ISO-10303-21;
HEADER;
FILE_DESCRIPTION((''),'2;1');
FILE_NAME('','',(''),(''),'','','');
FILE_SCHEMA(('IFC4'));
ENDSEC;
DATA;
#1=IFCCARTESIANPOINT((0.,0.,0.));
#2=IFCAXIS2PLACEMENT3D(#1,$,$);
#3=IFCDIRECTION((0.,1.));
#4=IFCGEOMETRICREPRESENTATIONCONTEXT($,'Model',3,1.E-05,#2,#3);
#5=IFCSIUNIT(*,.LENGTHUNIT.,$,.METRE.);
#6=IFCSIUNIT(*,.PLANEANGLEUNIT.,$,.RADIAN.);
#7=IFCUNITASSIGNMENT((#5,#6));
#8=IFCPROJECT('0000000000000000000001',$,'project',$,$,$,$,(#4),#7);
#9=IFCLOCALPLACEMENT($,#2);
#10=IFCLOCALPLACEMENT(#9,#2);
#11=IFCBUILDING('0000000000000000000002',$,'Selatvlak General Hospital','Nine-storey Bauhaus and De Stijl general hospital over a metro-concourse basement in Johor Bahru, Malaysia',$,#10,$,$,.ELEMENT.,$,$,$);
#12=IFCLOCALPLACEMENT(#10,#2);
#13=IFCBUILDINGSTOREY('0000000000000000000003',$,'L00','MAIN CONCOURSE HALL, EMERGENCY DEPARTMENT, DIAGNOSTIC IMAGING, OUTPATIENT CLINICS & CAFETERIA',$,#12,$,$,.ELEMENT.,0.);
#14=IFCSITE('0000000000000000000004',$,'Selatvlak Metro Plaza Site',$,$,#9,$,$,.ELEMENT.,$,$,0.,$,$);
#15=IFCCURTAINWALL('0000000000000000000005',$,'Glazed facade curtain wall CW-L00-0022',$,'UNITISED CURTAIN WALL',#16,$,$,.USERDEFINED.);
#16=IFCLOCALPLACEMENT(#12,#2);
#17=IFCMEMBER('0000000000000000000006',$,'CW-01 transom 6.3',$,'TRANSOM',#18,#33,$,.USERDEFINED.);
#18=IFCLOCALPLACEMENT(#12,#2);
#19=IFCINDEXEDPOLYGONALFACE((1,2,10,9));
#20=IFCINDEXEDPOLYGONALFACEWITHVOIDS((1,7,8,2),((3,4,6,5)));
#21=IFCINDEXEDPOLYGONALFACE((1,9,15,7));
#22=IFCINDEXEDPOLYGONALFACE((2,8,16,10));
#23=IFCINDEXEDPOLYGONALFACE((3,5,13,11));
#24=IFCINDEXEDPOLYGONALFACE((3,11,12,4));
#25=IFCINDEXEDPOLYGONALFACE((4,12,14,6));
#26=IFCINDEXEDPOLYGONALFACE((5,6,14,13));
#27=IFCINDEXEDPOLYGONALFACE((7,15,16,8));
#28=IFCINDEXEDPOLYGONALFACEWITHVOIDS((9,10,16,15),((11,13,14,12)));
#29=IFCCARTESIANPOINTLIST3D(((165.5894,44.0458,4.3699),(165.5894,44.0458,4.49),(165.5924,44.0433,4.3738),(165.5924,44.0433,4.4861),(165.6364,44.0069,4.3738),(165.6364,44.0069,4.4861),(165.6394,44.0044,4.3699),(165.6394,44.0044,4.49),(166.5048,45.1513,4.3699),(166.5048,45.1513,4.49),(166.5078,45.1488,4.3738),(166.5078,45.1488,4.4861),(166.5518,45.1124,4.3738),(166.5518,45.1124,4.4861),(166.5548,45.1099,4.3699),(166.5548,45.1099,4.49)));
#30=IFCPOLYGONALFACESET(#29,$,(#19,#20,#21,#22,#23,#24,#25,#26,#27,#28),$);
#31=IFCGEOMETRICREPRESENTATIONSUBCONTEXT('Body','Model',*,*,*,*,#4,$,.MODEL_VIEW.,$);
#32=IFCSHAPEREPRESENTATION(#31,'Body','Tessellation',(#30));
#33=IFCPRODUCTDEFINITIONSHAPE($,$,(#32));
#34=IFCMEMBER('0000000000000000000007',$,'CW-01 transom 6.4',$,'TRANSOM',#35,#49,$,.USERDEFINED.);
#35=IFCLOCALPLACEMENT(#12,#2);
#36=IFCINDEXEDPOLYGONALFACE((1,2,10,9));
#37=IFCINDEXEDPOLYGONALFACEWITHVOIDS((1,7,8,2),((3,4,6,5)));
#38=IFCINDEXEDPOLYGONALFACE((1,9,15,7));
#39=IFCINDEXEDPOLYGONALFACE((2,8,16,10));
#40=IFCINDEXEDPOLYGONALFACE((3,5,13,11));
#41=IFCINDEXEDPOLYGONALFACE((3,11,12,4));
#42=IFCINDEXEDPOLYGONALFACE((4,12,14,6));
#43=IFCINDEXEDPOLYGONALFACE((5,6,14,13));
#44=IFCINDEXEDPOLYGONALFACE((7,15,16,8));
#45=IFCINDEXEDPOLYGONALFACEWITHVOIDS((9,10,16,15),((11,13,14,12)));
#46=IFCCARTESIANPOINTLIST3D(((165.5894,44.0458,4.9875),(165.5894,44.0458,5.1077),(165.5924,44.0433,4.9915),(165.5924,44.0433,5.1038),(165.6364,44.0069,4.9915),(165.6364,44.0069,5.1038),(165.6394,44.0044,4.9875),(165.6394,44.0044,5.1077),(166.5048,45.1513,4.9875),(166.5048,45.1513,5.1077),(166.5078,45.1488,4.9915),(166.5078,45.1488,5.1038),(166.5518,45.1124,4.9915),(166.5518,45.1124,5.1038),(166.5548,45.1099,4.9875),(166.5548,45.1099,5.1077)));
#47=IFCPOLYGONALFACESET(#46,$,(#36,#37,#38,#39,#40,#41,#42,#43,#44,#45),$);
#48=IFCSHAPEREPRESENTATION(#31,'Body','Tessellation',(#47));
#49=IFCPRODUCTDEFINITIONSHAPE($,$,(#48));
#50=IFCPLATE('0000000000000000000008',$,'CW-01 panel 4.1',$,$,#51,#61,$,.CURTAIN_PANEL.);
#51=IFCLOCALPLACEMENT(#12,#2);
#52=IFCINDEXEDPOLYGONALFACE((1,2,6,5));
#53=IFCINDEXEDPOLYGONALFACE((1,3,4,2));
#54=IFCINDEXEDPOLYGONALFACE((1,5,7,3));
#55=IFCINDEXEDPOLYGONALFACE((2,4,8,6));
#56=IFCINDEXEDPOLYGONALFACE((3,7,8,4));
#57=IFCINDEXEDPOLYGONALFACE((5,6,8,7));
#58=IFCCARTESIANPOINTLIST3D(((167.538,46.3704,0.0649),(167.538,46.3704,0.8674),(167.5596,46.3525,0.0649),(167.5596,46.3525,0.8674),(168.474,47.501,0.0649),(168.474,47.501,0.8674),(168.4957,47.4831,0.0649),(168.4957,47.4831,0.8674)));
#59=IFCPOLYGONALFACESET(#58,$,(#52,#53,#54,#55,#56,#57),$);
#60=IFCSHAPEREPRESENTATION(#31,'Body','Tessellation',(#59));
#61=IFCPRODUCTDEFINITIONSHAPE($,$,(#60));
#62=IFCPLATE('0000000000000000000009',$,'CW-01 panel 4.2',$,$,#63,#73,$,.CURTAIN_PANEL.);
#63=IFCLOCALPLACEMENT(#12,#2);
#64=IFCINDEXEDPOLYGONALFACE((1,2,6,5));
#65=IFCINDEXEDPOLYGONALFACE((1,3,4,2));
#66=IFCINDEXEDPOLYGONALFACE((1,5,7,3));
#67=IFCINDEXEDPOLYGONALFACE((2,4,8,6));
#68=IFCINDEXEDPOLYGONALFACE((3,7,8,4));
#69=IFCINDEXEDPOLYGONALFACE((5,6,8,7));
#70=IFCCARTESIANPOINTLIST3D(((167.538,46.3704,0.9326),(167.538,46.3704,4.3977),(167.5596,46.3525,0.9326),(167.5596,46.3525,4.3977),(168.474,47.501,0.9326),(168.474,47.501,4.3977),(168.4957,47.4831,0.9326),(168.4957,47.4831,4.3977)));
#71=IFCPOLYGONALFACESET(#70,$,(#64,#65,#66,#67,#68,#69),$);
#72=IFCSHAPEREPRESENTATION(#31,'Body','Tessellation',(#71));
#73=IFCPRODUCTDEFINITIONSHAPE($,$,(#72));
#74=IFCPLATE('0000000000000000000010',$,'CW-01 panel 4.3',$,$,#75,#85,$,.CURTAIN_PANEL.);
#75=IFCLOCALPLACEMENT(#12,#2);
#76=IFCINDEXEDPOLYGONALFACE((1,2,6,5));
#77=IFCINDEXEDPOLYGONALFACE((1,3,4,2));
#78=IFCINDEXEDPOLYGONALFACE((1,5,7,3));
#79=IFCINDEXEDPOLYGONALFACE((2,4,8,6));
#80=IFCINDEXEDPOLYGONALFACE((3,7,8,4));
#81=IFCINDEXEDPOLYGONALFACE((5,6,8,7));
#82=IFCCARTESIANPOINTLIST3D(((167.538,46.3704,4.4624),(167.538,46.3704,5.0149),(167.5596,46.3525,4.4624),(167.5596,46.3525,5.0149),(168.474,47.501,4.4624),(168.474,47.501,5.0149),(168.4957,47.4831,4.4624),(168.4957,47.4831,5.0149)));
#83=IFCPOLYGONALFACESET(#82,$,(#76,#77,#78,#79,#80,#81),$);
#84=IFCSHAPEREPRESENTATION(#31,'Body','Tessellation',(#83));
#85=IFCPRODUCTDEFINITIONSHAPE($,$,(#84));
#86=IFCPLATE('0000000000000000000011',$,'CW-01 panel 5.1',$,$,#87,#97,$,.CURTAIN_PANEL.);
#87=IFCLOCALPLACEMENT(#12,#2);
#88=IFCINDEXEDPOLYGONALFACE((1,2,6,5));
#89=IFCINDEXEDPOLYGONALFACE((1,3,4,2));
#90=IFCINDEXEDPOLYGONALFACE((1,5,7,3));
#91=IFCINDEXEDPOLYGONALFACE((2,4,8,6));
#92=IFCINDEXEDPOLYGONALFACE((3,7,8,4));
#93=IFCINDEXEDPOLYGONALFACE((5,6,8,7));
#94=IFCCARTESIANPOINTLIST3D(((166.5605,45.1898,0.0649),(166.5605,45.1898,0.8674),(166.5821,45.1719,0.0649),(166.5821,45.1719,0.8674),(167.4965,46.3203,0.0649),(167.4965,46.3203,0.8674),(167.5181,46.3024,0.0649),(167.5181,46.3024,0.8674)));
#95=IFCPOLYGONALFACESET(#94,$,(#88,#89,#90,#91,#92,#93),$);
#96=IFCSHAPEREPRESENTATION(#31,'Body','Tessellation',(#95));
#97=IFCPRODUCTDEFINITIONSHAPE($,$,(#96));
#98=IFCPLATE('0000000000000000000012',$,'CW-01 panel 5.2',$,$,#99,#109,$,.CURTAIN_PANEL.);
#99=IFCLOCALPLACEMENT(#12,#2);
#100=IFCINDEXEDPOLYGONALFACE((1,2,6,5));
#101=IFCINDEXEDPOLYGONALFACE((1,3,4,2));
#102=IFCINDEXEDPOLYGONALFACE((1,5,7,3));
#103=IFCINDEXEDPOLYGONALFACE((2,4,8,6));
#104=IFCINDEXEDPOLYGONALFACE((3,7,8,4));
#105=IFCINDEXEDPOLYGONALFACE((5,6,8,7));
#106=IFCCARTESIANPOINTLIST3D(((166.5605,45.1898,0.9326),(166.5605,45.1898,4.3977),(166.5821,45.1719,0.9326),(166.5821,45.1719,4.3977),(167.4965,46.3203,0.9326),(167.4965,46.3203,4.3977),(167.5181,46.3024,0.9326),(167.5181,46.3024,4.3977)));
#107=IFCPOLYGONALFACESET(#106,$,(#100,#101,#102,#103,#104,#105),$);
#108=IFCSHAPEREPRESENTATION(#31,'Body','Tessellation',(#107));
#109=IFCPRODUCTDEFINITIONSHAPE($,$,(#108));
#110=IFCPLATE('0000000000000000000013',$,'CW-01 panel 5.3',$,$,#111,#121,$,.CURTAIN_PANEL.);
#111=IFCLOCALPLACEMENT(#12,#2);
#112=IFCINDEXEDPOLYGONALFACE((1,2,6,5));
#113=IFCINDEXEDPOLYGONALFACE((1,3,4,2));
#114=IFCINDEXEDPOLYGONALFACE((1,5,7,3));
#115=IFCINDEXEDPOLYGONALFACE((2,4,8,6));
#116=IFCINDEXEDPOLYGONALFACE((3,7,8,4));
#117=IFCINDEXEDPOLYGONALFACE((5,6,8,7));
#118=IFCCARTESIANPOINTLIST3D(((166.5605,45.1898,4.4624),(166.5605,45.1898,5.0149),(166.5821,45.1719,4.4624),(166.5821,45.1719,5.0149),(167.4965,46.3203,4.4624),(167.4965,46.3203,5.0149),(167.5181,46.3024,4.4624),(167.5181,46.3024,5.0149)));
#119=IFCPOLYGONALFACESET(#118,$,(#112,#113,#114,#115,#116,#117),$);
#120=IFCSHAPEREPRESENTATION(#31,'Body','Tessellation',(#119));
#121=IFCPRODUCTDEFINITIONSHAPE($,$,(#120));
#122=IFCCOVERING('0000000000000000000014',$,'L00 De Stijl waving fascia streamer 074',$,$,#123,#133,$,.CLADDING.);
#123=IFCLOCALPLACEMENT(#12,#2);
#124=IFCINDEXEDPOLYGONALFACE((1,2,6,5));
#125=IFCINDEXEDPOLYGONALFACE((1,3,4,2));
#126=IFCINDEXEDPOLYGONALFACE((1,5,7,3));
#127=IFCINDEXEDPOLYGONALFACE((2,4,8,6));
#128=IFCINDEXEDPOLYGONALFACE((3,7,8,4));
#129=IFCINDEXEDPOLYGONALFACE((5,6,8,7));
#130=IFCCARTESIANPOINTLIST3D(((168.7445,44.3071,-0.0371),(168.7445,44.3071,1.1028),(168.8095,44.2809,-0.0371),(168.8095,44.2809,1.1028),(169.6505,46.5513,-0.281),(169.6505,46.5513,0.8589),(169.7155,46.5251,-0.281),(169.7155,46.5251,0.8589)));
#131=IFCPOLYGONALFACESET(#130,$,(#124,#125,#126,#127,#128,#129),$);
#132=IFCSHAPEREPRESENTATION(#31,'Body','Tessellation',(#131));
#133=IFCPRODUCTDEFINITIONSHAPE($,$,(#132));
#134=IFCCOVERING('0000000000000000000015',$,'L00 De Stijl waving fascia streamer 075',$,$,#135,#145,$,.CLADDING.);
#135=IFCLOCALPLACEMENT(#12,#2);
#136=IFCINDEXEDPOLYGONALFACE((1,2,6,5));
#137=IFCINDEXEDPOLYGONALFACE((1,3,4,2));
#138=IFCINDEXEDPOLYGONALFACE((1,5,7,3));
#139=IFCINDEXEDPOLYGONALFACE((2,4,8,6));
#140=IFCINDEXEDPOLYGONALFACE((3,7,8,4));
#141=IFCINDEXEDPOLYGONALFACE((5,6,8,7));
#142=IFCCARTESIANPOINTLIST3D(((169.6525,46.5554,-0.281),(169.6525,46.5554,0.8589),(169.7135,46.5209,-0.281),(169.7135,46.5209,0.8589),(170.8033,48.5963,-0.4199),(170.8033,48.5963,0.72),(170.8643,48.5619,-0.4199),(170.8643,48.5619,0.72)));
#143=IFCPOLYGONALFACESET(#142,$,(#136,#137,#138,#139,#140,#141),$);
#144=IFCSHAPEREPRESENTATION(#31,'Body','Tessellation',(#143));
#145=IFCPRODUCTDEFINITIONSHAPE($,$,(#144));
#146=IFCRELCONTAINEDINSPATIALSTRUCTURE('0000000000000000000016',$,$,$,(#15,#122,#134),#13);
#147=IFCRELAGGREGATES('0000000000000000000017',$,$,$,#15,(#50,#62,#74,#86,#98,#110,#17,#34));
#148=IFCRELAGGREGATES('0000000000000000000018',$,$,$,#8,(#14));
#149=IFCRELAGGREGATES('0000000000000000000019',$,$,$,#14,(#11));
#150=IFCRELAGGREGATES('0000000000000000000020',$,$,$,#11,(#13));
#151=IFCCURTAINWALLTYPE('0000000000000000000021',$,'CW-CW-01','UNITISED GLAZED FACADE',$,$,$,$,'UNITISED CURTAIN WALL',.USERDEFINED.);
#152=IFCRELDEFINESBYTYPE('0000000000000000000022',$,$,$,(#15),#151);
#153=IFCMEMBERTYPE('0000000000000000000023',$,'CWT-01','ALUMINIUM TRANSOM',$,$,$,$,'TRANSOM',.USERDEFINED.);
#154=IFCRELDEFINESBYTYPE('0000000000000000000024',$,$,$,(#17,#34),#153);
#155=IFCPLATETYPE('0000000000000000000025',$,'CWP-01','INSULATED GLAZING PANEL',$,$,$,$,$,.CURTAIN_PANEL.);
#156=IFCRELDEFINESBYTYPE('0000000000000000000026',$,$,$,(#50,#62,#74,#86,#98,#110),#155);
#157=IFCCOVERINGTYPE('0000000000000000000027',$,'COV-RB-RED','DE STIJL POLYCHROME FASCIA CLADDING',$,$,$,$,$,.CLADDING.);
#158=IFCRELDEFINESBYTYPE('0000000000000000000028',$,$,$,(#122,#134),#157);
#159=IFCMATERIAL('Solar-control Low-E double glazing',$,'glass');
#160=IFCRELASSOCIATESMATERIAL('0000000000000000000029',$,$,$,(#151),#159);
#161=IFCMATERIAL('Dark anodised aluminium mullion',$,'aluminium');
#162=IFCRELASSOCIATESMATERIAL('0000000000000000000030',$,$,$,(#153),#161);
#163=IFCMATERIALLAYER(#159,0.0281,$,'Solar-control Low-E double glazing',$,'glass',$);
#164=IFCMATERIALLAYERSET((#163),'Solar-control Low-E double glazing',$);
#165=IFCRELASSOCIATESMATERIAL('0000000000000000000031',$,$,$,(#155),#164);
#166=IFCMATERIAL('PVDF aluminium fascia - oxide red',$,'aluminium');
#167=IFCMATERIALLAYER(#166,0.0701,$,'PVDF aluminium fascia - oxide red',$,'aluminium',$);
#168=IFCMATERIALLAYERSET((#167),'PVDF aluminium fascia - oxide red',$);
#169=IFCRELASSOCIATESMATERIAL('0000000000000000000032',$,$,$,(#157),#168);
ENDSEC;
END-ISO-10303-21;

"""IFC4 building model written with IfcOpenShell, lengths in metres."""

from ifc_helpers import new_model, si_unit, direction, frame, origin, origin_2d, place, context, subcontext, project, spatial, polyline, rectangle, hollow_rectangle, outline, extrude, material, layer, layer_set, material_profile, profile_set, type_object, element, aggregate, save


model = new_model("IFC4")

# Units and contexts
model_context = context("Model", 3, precision=1e-05, world=origin(), true_north=direction((0.0, 1.0)))
body_context = subcontext(model_context, "Body", "Model", "MODEL_VIEW")
ifc_project = project(units=[si_unit("LENGTHUNIT", "METRE"), si_unit("PLANEANGLEUNIT", "RADIAN")], contexts=[model_context])

# Site, building, storey
site_placement = place(None, origin())
site = spatial("IfcSite", under=ifc_project, at=site_placement, Name="Selatvlak Metro Plaza Site", CompositionType="ELEMENT", RefElevation=0.0)
building_placement = place(site_placement, origin())
building = spatial("IfcBuilding", under=site, at=building_placement, Name="Selatvlak General Hospital", Description="Nine-storey Bauhaus and De Stijl general hospital over a metro-concourse basement in Johor Bahru, Malaysia", CompositionType="ELEMENT")
storey_placement = place(building_placement, origin())
storey = spatial("IfcBuildingStorey", under=building, at=storey_placement, Name="L00", Description="MAIN CONCOURSE HALL, EMERGENCY DEPARTMENT, DIAGNOSTIC IMAGING, OUTPATIENT CLINICS & CAFETERIA", CompositionType="ELEMENT", Elevation=0.0)

# Curtain wall, members, plates
ifc_material_1 = material(Name="Solar-control Low-E double glazing", Category="glass")
curtain_wall_type = type_object("IfcCurtainWallType", Name="CW-CW-01", Description="UNITISED GLAZED FACADE", ElementType="UNITISED CURTAIN WALL", PredefinedType="USERDEFINED", material=ifc_material_1)
curtain_wall_placement = place(storey_placement, origin())
curtain_wall = element("IfcCurtainWall", 1, at=curtain_wall_placement, inside=storey, type_object=curtain_wall_type, Name="Glazed facade curtain wall CW-L00-0022", ObjectType="UNITISED CURTAIN WALL", PredefinedType="USERDEFINED")
ifc_material_2 = material(Name="Dark anodised aluminium mullion", Category="aluminium")
ifc_material_profile_1 = material_profile(ifc_material_2, hollow_rectangle(XDim=0.0649, YDim=0.1201, WallThickness=0.0039, at=origin_2d()), Name="AL-TRN 65x120x4")
ifc_profile_set_1 = profile_set([ifc_material_profile_1], Name="Dark anodised aluminium mullion")
member_type_1 = type_object("IfcMemberType", Name="CWT-01", Description="ALUMINIUM TRANSOM", ElementType="TRANSOM", PredefinedType="USERDEFINED", material=ifc_profile_set_1)
member_1_placement = place(storey_placement, frame((166.5298, 45.1306, 4.4299), z_axis=(-0.637738, -0.770253, 0.0), x_axis=(0.770253, -0.637738, 0.0)))
member_1 = element("IfcMember", 2, at=member_1_placement, type_object=member_type_1, Name="CW-01 transom 6.3", ObjectType="TRANSOM", PredefinedType="USERDEFINED", context=body_context, shape_type="SweptSolid", body=[
    extrude(hollow_rectangle(XDim=0.0649, YDim=0.1201, WallThickness=0.0039, at=origin_2d()), origin(), (0.0, 0.0, 1.0), 1.4353),
])
member_2_placement = place(storey_placement, frame((166.5298, 45.1306, 5.0476), z_axis=(-0.637738, -0.770253, 0.0), x_axis=(0.770253, -0.637738, 0.0)))
member_2 = element("IfcMember", 3, at=member_2_placement, type_object=member_type_1, Name="CW-01 transom 6.4", ObjectType="TRANSOM", PredefinedType="USERDEFINED", context=body_context, shape_type="SweptSolid", body=[
    extrude(hollow_rectangle(XDim=0.0649, YDim=0.1201, WallThickness=0.0039, at=origin_2d()), origin(), (0.0, 0.0, 1.0), 1.4353),
])
ifc_layer_1 = layer(ifc_material_1, 0.0281, Name="Solar-control Low-E double glazing", Category="glass")
ifc_layer_set_1 = layer_set([ifc_layer_1], Name="Solar-control Low-E double glazing")
plate_type = type_object("IfcPlateType", Name="CWP-01", Description="INSULATED GLAZING PANEL", PredefinedType="CURTAIN_PANEL", material=ifc_layer_set_1)
plate_1_placement = place(storey_placement, frame((168.0168, 46.9268, 0.0649), z_axis=(0.0, 0.0, 1.0), x_axis=(-0.637721, -0.770267, 0.0)))
plate_1 = element("IfcPlate", 4, at=plate_1_placement, type_object=plate_type, Name="CW-01 panel 4.1", PredefinedType="CURTAIN_PANEL", context=body_context, shape_type="SweptSolid", body=[
    extrude(rectangle(XDim=1.4678, YDim=0.0281, at=origin_2d()), origin(), (0.0, 0.0, 1.0), 0.8025),
])
plate_2_placement = place(storey_placement, frame((168.0168, 46.9268, 0.9326), z_axis=(0.0, 0.0, 1.0), x_axis=(-0.637721, -0.770267, 0.0)))
plate_2 = element("IfcPlate", 5, at=plate_2_placement, type_object=plate_type, Name="CW-01 panel 4.2", PredefinedType="CURTAIN_PANEL", context=body_context, shape_type="SweptSolid", body=[
    extrude(rectangle(XDim=1.4678, YDim=0.0281, at=origin_2d()), origin(), (0.0, 0.0, 1.0), 3.4651),
])
plate_3_placement = place(storey_placement, frame((168.0168, 46.9268, 4.4624), z_axis=(0.0, 0.0, 1.0), x_axis=(-0.637721, -0.770267, 0.0)))
plate_3 = element("IfcPlate", 6, at=plate_3_placement, type_object=plate_type, Name="CW-01 panel 4.3", PredefinedType="CURTAIN_PANEL", context=body_context, shape_type="SweptSolid", body=[
    extrude(rectangle(XDim=1.4678, YDim=0.0281, at=origin_2d()), origin(), (0.0, 0.0, 1.0), 0.5525),
])
plate_4_placement = place(storey_placement, frame((167.0393, 45.7461, 0.0649), z_axis=(0.0, 0.0, 1.0), x_axis=(-0.637721, -0.770267, 0.0)))
plate_4 = element("IfcPlate", 7, at=plate_4_placement, type_object=plate_type, Name="CW-01 panel 5.1", PredefinedType="CURTAIN_PANEL", context=body_context, shape_type="SweptSolid", body=[
    extrude(rectangle(XDim=1.4678, YDim=0.0281, at=origin_2d()), origin(), (0.0, 0.0, 1.0), 0.8025),
])
plate_5_placement = place(storey_placement, frame((167.0393, 45.7461, 0.9326), z_axis=(0.0, 0.0, 1.0), x_axis=(-0.637721, -0.770267, 0.0)))
plate_5 = element("IfcPlate", 8, at=plate_5_placement, type_object=plate_type, Name="CW-01 panel 5.2", PredefinedType="CURTAIN_PANEL", context=body_context, shape_type="SweptSolid", body=[
    extrude(rectangle(XDim=1.4678, YDim=0.0281, at=origin_2d()), origin(), (0.0, 0.0, 1.0), 3.4651),
])
plate_6_placement = place(storey_placement, frame((167.0393, 45.7461, 4.4624), z_axis=(0.0, 0.0, 1.0), x_axis=(-0.637721, -0.770267, 0.0)))
plate_6 = element("IfcPlate", 9, at=plate_6_placement, type_object=plate_type, Name="CW-01 panel 5.3", PredefinedType="CURTAIN_PANEL", context=body_context, shape_type="SweptSolid", body=[
    extrude(rectangle(XDim=1.4678, YDim=0.0281, at=origin_2d()), origin(), (0.0, 0.0, 1.0), 0.5525),
])
aggregate(curtain_wall, [plate_1, plate_2, plate_3, plate_4, plate_5, plate_6, member_1, member_2])

# Coverings
ifc_material_3 = material(Name="PVDF aluminium fascia - oxide red", Category="aluminium")
ifc_layer_2 = layer(ifc_material_3, 0.0701, Name="PVDF aluminium fascia - oxide red", Category="aluminium")
ifc_layer_set_2 = layer_set([ifc_layer_2], Name="PVDF aluminium fascia - oxide red")
covering_type = type_object("IfcCoveringType", Name="COV-RB-RED", Description="DE STIJL POLYCHROME FASCIA CLADDING", PredefinedType="CLADDING", material=ifc_layer_set_2)
covering_1_placement = place(storey_placement, frame((168.7771, 44.2939, -0.0371), z_axis=(0.0, 0.0, 1.0), x_axis=(0.374363, 0.927282, 0.0)))
element("IfcCovering", 10, at=covering_1_placement, inside=storey, type_object=covering_type, Name="L00 De Stijl waving fascia streamer 074", PredefinedType="CLADDING", context=body_context, shape_type="SweptSolid", body=[
    extrude(outline(polyline([(0.0, 0.0), (2.4202, -0.2439), (2.4202, 0.896), (0.0, 1.1399), (0.0, 0.0)])), frame((0.0, 0.0352, 0.0), z_axis=(0.0, -1.0, 0.0), x_axis=(1.0, 0.0, 0.0)), (0.0, 0.0, 1.0), 0.0701),
])
covering_2_placement = place(storey_placement, frame((169.6831, 46.5381, -0.281), z_axis=(0.0, 0.0, 1.0), x_axis=(0.491171, 0.871063, 0.0)))
element("IfcCovering", 11, at=covering_2_placement, inside=storey, type_object=covering_type, Name="L00 De Stijl waving fascia streamer 075", PredefinedType="CLADDING", context=body_context, shape_type="SweptSolid", body=[
    extrude(outline(polyline([(0.0, 0.0), (2.343, -0.1389), (2.343, 1.001), (0.0, 1.1399), (0.0, 0.0)])), frame((0.0, 0.0352, 0.0), z_axis=(0.0, -1.0, 0.0), x_axis=(1.0, 0.0, 0.0)), (0.0, 0.0, 1.0), 0.0701),
])

save(model, "model.ifc")
